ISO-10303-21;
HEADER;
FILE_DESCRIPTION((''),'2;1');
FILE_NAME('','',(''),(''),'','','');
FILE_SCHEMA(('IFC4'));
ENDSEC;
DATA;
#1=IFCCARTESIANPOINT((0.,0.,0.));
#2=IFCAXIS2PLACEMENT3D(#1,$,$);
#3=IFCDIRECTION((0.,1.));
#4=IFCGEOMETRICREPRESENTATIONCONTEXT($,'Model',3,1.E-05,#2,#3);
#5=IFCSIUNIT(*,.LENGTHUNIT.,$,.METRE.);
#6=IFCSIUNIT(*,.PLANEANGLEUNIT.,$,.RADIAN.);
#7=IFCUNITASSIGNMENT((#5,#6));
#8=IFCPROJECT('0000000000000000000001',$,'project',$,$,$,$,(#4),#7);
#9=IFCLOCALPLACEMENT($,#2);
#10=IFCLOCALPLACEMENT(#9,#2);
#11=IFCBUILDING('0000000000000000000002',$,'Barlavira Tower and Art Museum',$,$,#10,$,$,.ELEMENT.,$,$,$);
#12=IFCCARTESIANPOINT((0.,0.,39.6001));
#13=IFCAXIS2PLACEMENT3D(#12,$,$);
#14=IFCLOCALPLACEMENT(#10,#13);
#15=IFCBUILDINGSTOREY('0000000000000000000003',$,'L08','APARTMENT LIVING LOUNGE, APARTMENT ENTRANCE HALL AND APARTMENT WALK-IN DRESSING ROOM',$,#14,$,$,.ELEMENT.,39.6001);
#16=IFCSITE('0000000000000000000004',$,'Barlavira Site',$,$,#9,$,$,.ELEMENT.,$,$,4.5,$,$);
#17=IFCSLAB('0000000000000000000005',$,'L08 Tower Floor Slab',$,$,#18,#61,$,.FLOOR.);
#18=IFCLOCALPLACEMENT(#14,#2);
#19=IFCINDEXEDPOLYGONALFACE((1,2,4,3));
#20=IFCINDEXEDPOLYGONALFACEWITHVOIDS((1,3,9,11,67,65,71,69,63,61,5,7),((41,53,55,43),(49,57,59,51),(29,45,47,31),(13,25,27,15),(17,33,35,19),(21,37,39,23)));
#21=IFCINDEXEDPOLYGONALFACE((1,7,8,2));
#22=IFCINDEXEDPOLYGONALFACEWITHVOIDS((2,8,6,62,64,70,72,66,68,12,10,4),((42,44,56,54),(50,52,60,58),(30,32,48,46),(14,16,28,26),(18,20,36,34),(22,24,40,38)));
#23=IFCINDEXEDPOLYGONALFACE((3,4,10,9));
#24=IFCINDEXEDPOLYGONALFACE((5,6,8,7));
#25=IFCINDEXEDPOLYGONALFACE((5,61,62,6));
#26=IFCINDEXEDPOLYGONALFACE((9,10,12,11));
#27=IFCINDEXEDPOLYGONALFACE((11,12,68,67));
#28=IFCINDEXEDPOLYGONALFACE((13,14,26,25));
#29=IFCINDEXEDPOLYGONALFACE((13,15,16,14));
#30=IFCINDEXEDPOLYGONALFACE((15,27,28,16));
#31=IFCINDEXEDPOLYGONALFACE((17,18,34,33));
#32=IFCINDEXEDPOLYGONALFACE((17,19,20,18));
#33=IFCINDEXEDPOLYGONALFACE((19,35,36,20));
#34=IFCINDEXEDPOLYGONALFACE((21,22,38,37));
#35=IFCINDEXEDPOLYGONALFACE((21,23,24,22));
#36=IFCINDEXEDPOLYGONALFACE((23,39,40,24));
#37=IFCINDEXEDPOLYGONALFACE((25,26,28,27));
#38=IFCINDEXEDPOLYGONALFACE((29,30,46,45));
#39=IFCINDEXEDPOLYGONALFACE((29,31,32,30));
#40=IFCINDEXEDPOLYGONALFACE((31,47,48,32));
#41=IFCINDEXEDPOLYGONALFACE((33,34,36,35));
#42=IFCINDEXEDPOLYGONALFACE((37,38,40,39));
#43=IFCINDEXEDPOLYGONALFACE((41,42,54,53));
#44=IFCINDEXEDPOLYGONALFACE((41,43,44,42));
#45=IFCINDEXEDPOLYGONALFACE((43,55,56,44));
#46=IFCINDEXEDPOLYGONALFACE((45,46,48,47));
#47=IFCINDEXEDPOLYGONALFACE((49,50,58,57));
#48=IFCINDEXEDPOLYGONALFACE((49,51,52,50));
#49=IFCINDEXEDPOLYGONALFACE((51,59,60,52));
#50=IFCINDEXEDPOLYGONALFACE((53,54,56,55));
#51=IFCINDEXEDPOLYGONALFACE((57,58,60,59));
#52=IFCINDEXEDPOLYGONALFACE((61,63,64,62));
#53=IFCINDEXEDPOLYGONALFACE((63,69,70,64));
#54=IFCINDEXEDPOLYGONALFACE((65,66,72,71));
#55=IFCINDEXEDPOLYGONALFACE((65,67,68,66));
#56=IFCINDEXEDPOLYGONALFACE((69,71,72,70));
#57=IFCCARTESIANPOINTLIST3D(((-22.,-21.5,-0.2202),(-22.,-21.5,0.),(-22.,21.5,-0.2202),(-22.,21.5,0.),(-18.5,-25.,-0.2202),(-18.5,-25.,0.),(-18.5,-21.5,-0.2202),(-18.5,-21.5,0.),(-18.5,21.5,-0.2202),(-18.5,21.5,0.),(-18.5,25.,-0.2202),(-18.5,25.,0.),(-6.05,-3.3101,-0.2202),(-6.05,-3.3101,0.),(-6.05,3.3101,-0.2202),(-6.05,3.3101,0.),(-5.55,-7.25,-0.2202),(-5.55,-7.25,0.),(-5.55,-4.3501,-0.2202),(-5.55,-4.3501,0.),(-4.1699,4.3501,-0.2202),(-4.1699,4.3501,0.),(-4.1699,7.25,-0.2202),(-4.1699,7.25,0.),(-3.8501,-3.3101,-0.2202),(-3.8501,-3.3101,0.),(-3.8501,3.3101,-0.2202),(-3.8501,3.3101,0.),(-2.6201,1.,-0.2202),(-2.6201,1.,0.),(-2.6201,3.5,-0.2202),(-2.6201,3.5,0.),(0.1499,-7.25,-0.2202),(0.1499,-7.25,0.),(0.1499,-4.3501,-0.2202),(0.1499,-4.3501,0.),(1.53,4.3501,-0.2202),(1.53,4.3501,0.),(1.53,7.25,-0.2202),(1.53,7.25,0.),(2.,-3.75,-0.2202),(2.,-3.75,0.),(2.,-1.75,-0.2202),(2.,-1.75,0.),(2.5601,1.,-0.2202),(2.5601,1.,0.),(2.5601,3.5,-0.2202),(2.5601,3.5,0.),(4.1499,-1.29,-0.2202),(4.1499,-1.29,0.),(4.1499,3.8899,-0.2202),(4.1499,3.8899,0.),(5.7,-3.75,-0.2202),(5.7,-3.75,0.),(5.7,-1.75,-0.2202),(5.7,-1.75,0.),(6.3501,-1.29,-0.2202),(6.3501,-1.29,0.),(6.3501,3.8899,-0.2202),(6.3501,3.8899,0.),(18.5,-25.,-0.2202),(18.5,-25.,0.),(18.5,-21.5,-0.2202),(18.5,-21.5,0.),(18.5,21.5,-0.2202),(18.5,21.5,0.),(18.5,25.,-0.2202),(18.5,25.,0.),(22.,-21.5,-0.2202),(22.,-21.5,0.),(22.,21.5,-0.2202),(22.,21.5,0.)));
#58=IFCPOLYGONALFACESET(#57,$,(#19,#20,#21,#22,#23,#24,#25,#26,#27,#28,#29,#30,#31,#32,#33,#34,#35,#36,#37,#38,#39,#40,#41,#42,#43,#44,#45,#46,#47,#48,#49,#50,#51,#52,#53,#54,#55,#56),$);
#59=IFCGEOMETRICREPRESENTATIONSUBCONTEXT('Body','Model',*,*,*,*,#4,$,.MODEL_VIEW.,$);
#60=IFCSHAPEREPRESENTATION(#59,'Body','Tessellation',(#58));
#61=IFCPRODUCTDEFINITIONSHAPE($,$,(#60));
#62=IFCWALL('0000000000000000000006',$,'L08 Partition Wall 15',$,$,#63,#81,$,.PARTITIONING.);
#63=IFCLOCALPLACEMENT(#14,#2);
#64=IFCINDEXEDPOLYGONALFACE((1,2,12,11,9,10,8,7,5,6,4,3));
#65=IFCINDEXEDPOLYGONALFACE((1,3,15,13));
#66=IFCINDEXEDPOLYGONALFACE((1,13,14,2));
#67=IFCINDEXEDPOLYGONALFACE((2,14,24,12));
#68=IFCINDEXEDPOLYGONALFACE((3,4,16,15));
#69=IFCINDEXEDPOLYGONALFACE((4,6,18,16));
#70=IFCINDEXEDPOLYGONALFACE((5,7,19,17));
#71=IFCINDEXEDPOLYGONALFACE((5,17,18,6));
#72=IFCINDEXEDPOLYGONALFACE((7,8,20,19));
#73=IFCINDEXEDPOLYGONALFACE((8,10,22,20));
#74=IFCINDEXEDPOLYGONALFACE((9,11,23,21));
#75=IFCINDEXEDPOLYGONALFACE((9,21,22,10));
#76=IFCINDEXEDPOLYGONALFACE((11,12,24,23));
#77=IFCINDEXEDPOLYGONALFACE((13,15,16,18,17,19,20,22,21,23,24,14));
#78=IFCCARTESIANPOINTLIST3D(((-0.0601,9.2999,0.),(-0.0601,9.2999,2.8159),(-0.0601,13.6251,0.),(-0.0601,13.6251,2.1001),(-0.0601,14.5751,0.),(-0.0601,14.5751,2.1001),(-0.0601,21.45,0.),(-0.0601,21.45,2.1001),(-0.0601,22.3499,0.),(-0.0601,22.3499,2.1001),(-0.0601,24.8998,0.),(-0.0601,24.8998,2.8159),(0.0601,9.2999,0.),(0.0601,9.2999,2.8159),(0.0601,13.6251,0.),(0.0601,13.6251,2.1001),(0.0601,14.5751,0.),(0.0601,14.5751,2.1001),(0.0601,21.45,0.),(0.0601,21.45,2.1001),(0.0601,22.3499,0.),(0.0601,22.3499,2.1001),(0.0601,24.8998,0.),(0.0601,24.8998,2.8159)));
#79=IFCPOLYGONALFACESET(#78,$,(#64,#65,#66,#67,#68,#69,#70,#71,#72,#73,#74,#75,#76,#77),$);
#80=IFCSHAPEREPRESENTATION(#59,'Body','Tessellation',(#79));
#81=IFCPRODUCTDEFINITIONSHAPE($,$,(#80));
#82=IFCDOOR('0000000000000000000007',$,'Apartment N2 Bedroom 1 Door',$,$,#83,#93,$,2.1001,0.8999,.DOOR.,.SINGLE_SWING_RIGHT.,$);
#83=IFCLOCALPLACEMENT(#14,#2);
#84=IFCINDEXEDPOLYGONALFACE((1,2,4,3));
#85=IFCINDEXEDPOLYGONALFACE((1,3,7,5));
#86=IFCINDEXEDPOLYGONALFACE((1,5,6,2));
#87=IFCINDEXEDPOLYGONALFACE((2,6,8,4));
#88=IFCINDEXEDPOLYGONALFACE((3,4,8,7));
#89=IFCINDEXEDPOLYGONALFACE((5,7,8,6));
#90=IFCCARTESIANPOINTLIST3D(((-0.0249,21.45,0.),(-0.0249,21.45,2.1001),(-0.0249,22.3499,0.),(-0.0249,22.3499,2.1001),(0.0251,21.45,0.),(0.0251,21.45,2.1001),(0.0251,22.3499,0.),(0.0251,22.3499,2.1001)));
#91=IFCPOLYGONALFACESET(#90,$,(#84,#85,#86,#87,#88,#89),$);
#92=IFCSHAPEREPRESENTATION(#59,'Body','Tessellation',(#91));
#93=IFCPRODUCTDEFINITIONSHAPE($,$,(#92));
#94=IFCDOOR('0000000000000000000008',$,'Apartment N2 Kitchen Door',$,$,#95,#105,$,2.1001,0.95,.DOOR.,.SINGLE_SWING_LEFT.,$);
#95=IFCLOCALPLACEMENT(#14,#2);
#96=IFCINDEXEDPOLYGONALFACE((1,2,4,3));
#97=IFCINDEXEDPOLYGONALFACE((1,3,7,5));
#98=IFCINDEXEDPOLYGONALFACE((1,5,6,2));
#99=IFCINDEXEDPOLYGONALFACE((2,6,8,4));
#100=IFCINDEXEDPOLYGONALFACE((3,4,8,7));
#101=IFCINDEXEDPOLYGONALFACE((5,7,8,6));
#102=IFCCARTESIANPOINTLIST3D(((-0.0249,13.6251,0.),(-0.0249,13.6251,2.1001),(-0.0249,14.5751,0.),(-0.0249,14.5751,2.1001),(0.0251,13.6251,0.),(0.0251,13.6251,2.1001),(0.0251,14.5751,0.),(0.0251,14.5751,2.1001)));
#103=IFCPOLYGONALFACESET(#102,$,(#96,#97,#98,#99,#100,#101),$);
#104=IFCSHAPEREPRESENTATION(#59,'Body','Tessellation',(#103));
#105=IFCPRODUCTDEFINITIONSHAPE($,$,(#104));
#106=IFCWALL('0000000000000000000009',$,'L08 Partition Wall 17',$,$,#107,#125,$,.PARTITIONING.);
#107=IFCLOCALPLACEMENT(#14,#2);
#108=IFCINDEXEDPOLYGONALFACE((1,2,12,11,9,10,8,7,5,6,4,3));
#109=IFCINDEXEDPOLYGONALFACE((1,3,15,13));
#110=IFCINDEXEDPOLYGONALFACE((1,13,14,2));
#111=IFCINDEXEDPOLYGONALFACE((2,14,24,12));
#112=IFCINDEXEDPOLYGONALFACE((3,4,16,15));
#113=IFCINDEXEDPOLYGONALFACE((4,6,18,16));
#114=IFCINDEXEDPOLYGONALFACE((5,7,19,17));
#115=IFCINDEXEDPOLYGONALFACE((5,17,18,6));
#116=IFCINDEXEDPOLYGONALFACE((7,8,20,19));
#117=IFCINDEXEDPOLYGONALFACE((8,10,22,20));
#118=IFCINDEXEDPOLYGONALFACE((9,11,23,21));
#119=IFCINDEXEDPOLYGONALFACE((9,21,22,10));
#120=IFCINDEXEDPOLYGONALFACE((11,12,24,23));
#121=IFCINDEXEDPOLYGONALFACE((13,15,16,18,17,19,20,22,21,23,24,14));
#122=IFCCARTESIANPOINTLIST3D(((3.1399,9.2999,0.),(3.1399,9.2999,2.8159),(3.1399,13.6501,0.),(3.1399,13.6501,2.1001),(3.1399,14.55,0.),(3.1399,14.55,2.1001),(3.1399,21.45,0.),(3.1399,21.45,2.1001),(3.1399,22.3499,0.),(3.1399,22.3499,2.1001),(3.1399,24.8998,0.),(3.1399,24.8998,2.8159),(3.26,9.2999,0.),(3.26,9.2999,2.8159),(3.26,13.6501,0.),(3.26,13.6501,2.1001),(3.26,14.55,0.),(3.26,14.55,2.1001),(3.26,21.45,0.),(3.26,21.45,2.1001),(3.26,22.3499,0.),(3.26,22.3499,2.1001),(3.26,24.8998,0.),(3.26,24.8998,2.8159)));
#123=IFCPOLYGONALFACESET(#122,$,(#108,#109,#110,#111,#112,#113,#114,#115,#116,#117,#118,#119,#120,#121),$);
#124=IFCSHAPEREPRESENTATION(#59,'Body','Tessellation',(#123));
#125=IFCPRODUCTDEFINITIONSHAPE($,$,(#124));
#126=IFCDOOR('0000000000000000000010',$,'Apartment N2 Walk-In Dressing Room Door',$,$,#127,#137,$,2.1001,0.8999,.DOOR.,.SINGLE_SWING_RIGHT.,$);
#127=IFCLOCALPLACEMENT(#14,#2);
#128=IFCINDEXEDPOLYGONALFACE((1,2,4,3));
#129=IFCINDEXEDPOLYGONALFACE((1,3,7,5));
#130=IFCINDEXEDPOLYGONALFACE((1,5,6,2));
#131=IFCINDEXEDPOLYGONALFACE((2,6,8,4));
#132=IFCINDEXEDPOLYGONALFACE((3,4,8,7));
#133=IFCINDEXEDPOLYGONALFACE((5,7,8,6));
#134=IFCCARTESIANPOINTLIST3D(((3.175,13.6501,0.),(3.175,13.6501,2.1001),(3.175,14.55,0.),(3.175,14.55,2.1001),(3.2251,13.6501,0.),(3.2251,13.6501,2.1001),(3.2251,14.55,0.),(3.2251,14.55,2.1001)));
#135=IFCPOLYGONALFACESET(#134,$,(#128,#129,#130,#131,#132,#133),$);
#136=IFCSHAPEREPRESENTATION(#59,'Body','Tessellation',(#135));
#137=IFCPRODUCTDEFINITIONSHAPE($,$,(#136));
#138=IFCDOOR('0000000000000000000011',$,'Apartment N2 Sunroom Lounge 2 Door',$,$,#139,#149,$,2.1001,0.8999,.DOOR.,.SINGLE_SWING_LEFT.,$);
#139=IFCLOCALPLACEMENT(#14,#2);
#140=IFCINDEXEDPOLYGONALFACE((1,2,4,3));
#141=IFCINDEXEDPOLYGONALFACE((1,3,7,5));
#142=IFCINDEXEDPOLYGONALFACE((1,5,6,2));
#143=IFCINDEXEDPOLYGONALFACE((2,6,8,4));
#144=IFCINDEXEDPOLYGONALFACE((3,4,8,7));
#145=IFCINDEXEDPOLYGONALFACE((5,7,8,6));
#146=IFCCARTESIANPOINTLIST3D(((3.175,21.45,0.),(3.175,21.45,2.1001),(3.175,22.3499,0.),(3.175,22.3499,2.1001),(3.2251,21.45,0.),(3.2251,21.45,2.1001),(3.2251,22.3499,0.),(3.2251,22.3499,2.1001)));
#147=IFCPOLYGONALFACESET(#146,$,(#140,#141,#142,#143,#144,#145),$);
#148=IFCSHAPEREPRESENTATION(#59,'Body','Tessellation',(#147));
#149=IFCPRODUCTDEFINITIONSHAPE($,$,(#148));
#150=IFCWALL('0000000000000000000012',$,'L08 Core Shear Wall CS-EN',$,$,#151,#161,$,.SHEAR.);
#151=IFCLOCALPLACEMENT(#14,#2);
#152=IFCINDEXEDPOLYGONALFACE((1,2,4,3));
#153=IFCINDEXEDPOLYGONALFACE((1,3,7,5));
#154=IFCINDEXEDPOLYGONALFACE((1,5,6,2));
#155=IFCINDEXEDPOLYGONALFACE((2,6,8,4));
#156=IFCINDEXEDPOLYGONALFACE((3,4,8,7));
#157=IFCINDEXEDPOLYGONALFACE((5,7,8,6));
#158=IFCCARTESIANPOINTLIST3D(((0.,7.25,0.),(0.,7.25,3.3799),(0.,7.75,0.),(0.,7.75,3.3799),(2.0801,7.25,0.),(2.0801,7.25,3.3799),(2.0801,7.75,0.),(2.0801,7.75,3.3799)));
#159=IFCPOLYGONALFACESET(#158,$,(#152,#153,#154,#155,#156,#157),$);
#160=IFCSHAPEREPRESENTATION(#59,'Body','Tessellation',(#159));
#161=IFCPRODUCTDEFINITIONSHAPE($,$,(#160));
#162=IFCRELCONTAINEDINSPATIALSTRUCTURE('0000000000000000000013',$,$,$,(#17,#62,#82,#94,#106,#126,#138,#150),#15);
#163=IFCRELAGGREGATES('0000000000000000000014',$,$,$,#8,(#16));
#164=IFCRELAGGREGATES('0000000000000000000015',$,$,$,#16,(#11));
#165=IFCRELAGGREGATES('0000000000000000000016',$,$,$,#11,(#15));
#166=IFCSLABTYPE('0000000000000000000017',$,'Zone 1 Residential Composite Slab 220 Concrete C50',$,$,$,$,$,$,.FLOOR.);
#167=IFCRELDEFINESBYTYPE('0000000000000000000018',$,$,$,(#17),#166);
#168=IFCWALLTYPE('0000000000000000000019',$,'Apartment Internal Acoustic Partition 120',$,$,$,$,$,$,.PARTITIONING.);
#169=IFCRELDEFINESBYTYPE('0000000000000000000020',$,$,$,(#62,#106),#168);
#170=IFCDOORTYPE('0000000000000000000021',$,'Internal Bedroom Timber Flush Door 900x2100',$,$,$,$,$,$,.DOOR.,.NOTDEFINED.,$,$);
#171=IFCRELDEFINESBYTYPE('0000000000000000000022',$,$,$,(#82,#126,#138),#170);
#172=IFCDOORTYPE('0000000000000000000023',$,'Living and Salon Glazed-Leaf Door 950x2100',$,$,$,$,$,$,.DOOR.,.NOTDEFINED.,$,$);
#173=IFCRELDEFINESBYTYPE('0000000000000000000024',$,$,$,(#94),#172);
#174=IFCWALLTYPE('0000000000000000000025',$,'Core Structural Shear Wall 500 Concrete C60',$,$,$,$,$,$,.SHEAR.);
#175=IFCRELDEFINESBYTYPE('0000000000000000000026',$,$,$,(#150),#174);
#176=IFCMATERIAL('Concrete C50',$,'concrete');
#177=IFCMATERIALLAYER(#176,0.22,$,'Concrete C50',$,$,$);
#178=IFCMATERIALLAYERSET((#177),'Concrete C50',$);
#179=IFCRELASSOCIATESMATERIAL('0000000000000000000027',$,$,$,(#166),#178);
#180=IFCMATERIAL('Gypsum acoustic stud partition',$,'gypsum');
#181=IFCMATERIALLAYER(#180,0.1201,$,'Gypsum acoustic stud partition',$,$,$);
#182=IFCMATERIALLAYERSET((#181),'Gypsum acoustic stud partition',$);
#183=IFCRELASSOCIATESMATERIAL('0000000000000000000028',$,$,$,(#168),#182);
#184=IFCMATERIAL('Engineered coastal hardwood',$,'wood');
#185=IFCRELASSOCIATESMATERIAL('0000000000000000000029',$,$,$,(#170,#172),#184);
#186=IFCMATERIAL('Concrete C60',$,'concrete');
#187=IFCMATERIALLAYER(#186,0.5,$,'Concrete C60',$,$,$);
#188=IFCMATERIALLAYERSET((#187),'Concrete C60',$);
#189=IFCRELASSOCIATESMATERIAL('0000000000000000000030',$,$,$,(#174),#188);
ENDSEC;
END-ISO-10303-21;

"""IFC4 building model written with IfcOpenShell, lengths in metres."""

from ifc_helpers import new_model, si_unit, direction, frame, frame_2d, origin, place, context, subcontext, project, spatial, polyline, rectangle, outline, extrude, material, layer, layer_set, type_object, element, fill, save


model = new_model("IFC4")

# Units and contexts
model_context = context("Model", 3, precision=1e-05, world=origin(), true_north=direction((0.0, 1.0)))
body_context = subcontext(model_context, "Body", "Model", "MODEL_VIEW")
ifc_project = project(units=[si_unit("LENGTHUNIT", "METRE"), si_unit("PLANEANGLEUNIT", "RADIAN")], contexts=[model_context])

# Site, building, storey
site_placement = place(None, origin())
site = spatial("IfcSite", under=ifc_project, at=site_placement, Name="Barlavira Site", CompositionType="ELEMENT", RefElevation=4.5)
building_placement = place(site_placement, origin())
building = spatial("IfcBuilding", under=site, at=building_placement, Name="Barlavira Tower and Art Museum", CompositionType="ELEMENT")
storey_placement = place(building_placement, frame((0.0, 0.0, 39.6001)))
storey = spatial("IfcBuildingStorey", under=building, at=storey_placement, Name="L08", Description="APARTMENT LIVING LOUNGE, APARTMENT ENTRANCE HALL AND APARTMENT WALK-IN DRESSING ROOM", CompositionType="ELEMENT", Elevation=39.6001)

# Slab
ifc_material_1 = material(Name="Concrete C50", Category="concrete")
ifc_layer_1 = layer(ifc_material_1, 0.22, Name="Concrete C50")
ifc_layer_set_1 = layer_set([ifc_layer_1], Name="Concrete C50")
slab_type_1 = type_object("IfcSlabType", Name="Zone 1 Residential Composite Slab 220 Concrete C50", PredefinedType="FLOOR", material=ifc_layer_set_1)
slab_1_placement = place(storey_placement, frame((0.0, 0.0, -0.2202)))
element("IfcSlab", 1, at=slab_1_placement, inside=storey, type_object=slab_type_1, Name="L08 Tower Floor Slab", PredefinedType="FLOOR", context=body_context, shape_type="SweptSolid", body=[
    extrude(outline(polyline([(-18.5, -25.0), (18.5, -25.0), (18.5, -21.5), (22.0, -21.5), (22.0, 21.5), (18.5, 21.5), (18.5, 25.0), (-18.5, 25.0), (-18.5, 21.5), (-22.0, 21.5), (-22.0, -21.5), (-18.5, -21.5), (-18.5, -25.0)]), holes=[polyline([(0.1499, -4.3501), (-5.55, -4.3501), (-5.55, -7.25), (0.1499, -7.25), (0.1499, -4.3501)]), polyline([(-4.1699, 4.3501), (1.53, 4.3501), (1.53, 7.25), (-4.1699, 7.25), (-4.1699, 4.3501)]), polyline([(-6.05, -3.3101), (-3.8501, -3.3101), (-3.8501, 3.3101), (-6.05, 3.3101), (-6.05, -3.3101)]), polyline([(4.1499, -1.29), (6.3501, -1.29), (6.3501, 3.8899), (4.1499, 3.8899), (4.1499, -1.29)]), polyline([(-2.6201, 1.0), (2.5601, 1.0), (2.5601, 3.5), (-2.6201, 3.5), (-2.6201, 1.0)]), polyline([(2.0, -3.75), (5.7, -3.75), (5.7, -1.75), (2.0, -1.75), (2.0, -3.75)])]), origin(), (0.0, 0.0, 1.0), 0.2202),
])

# Walls, openings, doors
ifc_material_2 = material(Name="Gypsum acoustic stud partition", Category="gypsum")
ifc_layer_2 = layer(ifc_material_2, 0.1201, Name="Gypsum acoustic stud partition")
ifc_layer_set_2 = layer_set([ifc_layer_2], Name="Gypsum acoustic stud partition")
wall_type_1 = type_object("IfcWallType", Name="Apartment Internal Acoustic Partition 120", PredefinedType="PARTITIONING", material=ifc_layer_set_2)
wall_1_placement = place(storey_placement, frame((0.0, 9.3, 0.0), z_axis=(0.0, 0.0, 1.0), x_axis=(0.0, 1.0, 0.0)))
wall_1 = element("IfcWall", 2, at=wall_1_placement, inside=storey, type_object=wall_type_1, Name="L08 Partition Wall 15", PredefinedType="PARTITIONING", context=body_context, shape_type="SweptSolid", body=[
    extrude(rectangle(XDim=15.5999, YDim=0.1201, at=frame_2d((7.7998, 0.0))), origin(), (0.0, 0.0, 1.0), 2.8159),
])
opening_1_placement = place(wall_1_placement, frame((4.325, 0.0, 0.0)))
opening_1 = element("IfcOpeningElement", 3, at=opening_1_placement, cuts=wall_1, PredefinedType="OPENING", context=body_context, shape_type="SweptSolid", body=[
    extrude(rectangle(XDim=0.95, YDim=2.1001, at=frame_2d((0.4751, 1.05))), frame((0.0, 0.0701, 0.0), z_axis=(0.0, -1.0, 0.0), x_axis=(1.0, 0.0, 0.0)), (0.0, 0.0, 1.0), 0.1401),
])
opening_2_placement = place(wall_1_placement, frame((12.1499, 0.0, 0.0)))
opening_2 = element("IfcOpeningElement", 4, at=opening_2_placement, cuts=wall_1, PredefinedType="OPENING", context=body_context, shape_type="SweptSolid", body=[
    extrude(rectangle(XDim=0.8999, YDim=2.1001, at=frame_2d((0.45, 1.05))), frame((0.0, 0.0701, 0.0), z_axis=(0.0, -1.0, 0.0), x_axis=(1.0, 0.0, 0.0)), (0.0, 0.0, 1.0), 0.1401),
])
ifc_material_3 = material(Name="Engineered coastal hardwood", Category="wood")
door_type_1 = type_object("IfcDoorType", Name="Internal Bedroom Timber Flush Door 900x2100", OperationType="NOTDEFINED", PredefinedType="DOOR", material=ifc_material_3)
door_1_placement = place(opening_2_placement, origin())
door_1 = element("IfcDoor", 5, at=door_1_placement, inside=storey, type_object=door_type_1, Name="Apartment N2 Bedroom 1 Door", OperationType="SINGLE_SWING_RIGHT", OverallHeight=2.1001, OverallWidth=0.8999, PredefinedType="DOOR", context=body_context, shape_type="SweptSolid", body=[
    extrude(rectangle(XDim=0.8999, YDim=2.1001, at=frame_2d((0.45, 1.05))), frame((0.0, 0.0249, 0.0), z_axis=(0.0, -1.0, 0.0), x_axis=(1.0, 0.0, 0.0)), (0.0, 0.0, 1.0), 0.05),
])
fill(opening_2, door_1)
door_type_2 = type_object("IfcDoorType", Name="Living and Salon Glazed-Leaf Door 950x2100", OperationType="NOTDEFINED", PredefinedType="DOOR", material=ifc_material_3)
door_2_placement = place(opening_1_placement, origin())
door_2 = element("IfcDoor", 6, at=door_2_placement, inside=storey, type_object=door_type_2, Name="Apartment N2 Kitchen Door", OperationType="SINGLE_SWING_LEFT", OverallHeight=2.1001, OverallWidth=0.95, PredefinedType="DOOR", context=body_context, shape_type="SweptSolid", body=[
    extrude(rectangle(XDim=0.95, YDim=2.1001, at=frame_2d((0.4751, 1.05))), frame((0.0, 0.0249, 0.0), z_axis=(0.0, -1.0, 0.0), x_axis=(1.0, 0.0, 0.0)), (0.0, 0.0, 1.0), 0.05),
])
fill(opening_1, door_2)
wall_2_placement = place(storey_placement, frame((3.2, 9.3, 0.0), z_axis=(0.0, 0.0, 1.0), x_axis=(0.0, 1.0, 0.0)))
wall_2 = element("IfcWall", 7, at=wall_2_placement, inside=storey, type_object=wall_type_1, Name="L08 Partition Wall 17", PredefinedType="PARTITIONING", context=body_context, shape_type="SweptSolid", body=[
    extrude(rectangle(XDim=15.5999, YDim=0.1201, at=frame_2d((7.7998, 0.0))), origin(), (0.0, 0.0, 1.0), 2.8159),
])
opening_3_placement = place(wall_2_placement, frame((4.3501, 0.0, 0.0)))
opening_3 = element("IfcOpeningElement", 8, at=opening_3_placement, cuts=wall_2, PredefinedType="OPENING", context=body_context, shape_type="SweptSolid", body=[
    extrude(rectangle(XDim=0.8999, YDim=2.1001, at=frame_2d((0.45, 1.05))), frame((0.0, 0.0701, 0.0), z_axis=(0.0, -1.0, 0.0), x_axis=(1.0, 0.0, 0.0)), (0.0, 0.0, 1.0), 0.1401),
])
opening_4_placement = place(wall_2_placement, frame((12.1499, 0.0, 0.0)))
opening_4 = element("IfcOpeningElement", 9, at=opening_4_placement, cuts=wall_2, PredefinedType="OPENING", context=body_context, shape_type="SweptSolid", body=[
    extrude(rectangle(XDim=0.8999, YDim=2.1001, at=frame_2d((0.45, 1.05))), frame((0.0, 0.0701, 0.0), z_axis=(0.0, -1.0, 0.0), x_axis=(1.0, 0.0, 0.0)), (0.0, 0.0, 1.0), 0.1401),
])
door_3_placement = place(opening_3_placement, origin())
door_3 = element("IfcDoor", 10, at=door_3_placement, inside=storey, type_object=door_type_1, Name="Apartment N2 Walk-In Dressing Room Door", OperationType="SINGLE_SWING_RIGHT", OverallHeight=2.1001, OverallWidth=0.8999, PredefinedType="DOOR", context=body_context, shape_type="SweptSolid", body=[
    extrude(rectangle(XDim=0.8999, YDim=2.1001, at=frame_2d((0.45, 1.05))), frame((0.0, 0.0249, 0.0), z_axis=(0.0, -1.0, 0.0), x_axis=(1.0, 0.0, 0.0)), (0.0, 0.0, 1.0), 0.05),
])
fill(opening_3, door_3)
door_4_placement = place(opening_4_placement, origin())
door_4 = element("IfcDoor", 11, at=door_4_placement, inside=storey, type_object=door_type_1, Name="Apartment N2 Sunroom Lounge 2 Door", OperationType="SINGLE_SWING_LEFT", OverallHeight=2.1001, OverallWidth=0.8999, PredefinedType="DOOR", context=body_context, shape_type="SweptSolid", body=[
    extrude(rectangle(XDim=0.8999, YDim=2.1001, at=frame_2d((0.45, 1.05))), frame((0.0, 0.0249, 0.0), z_axis=(0.0, -1.0, 0.0), x_axis=(1.0, 0.0, 0.0)), (0.0, 0.0, 1.0), 0.05),
])
fill(opening_4, door_4)

# Wall
ifc_material_4 = material(Name="Concrete C60", Category="concrete")
ifc_layer_3 = layer(ifc_material_4, 0.5, Name="Concrete C60")
ifc_layer_set_3 = layer_set([ifc_layer_3], Name="Concrete C60")
wall_type_2 = type_object("IfcWallType", Name="Core Structural Shear Wall 500 Concrete C60", PredefinedType="SHEAR", material=ifc_layer_set_3)
wall_3_placement = place(storey_placement, frame((0.0, 7.5, 0.0), z_axis=(0.0, 0.0, 1.0), x_axis=(1.0, 0.0, 0.0)))
element("IfcWall", 12, at=wall_3_placement, inside=storey, type_object=wall_type_2, Name="L08 Core Shear Wall CS-EN", PredefinedType="SHEAR", context=body_context, shape_type="SweptSolid", body=[
    extrude(rectangle(XDim=2.0801, YDim=0.5, at=frame_2d((1.04, 0.0))), origin(), (0.0, 0.0, 1.0), 3.3799),
])

save(model, "model.ifc")
